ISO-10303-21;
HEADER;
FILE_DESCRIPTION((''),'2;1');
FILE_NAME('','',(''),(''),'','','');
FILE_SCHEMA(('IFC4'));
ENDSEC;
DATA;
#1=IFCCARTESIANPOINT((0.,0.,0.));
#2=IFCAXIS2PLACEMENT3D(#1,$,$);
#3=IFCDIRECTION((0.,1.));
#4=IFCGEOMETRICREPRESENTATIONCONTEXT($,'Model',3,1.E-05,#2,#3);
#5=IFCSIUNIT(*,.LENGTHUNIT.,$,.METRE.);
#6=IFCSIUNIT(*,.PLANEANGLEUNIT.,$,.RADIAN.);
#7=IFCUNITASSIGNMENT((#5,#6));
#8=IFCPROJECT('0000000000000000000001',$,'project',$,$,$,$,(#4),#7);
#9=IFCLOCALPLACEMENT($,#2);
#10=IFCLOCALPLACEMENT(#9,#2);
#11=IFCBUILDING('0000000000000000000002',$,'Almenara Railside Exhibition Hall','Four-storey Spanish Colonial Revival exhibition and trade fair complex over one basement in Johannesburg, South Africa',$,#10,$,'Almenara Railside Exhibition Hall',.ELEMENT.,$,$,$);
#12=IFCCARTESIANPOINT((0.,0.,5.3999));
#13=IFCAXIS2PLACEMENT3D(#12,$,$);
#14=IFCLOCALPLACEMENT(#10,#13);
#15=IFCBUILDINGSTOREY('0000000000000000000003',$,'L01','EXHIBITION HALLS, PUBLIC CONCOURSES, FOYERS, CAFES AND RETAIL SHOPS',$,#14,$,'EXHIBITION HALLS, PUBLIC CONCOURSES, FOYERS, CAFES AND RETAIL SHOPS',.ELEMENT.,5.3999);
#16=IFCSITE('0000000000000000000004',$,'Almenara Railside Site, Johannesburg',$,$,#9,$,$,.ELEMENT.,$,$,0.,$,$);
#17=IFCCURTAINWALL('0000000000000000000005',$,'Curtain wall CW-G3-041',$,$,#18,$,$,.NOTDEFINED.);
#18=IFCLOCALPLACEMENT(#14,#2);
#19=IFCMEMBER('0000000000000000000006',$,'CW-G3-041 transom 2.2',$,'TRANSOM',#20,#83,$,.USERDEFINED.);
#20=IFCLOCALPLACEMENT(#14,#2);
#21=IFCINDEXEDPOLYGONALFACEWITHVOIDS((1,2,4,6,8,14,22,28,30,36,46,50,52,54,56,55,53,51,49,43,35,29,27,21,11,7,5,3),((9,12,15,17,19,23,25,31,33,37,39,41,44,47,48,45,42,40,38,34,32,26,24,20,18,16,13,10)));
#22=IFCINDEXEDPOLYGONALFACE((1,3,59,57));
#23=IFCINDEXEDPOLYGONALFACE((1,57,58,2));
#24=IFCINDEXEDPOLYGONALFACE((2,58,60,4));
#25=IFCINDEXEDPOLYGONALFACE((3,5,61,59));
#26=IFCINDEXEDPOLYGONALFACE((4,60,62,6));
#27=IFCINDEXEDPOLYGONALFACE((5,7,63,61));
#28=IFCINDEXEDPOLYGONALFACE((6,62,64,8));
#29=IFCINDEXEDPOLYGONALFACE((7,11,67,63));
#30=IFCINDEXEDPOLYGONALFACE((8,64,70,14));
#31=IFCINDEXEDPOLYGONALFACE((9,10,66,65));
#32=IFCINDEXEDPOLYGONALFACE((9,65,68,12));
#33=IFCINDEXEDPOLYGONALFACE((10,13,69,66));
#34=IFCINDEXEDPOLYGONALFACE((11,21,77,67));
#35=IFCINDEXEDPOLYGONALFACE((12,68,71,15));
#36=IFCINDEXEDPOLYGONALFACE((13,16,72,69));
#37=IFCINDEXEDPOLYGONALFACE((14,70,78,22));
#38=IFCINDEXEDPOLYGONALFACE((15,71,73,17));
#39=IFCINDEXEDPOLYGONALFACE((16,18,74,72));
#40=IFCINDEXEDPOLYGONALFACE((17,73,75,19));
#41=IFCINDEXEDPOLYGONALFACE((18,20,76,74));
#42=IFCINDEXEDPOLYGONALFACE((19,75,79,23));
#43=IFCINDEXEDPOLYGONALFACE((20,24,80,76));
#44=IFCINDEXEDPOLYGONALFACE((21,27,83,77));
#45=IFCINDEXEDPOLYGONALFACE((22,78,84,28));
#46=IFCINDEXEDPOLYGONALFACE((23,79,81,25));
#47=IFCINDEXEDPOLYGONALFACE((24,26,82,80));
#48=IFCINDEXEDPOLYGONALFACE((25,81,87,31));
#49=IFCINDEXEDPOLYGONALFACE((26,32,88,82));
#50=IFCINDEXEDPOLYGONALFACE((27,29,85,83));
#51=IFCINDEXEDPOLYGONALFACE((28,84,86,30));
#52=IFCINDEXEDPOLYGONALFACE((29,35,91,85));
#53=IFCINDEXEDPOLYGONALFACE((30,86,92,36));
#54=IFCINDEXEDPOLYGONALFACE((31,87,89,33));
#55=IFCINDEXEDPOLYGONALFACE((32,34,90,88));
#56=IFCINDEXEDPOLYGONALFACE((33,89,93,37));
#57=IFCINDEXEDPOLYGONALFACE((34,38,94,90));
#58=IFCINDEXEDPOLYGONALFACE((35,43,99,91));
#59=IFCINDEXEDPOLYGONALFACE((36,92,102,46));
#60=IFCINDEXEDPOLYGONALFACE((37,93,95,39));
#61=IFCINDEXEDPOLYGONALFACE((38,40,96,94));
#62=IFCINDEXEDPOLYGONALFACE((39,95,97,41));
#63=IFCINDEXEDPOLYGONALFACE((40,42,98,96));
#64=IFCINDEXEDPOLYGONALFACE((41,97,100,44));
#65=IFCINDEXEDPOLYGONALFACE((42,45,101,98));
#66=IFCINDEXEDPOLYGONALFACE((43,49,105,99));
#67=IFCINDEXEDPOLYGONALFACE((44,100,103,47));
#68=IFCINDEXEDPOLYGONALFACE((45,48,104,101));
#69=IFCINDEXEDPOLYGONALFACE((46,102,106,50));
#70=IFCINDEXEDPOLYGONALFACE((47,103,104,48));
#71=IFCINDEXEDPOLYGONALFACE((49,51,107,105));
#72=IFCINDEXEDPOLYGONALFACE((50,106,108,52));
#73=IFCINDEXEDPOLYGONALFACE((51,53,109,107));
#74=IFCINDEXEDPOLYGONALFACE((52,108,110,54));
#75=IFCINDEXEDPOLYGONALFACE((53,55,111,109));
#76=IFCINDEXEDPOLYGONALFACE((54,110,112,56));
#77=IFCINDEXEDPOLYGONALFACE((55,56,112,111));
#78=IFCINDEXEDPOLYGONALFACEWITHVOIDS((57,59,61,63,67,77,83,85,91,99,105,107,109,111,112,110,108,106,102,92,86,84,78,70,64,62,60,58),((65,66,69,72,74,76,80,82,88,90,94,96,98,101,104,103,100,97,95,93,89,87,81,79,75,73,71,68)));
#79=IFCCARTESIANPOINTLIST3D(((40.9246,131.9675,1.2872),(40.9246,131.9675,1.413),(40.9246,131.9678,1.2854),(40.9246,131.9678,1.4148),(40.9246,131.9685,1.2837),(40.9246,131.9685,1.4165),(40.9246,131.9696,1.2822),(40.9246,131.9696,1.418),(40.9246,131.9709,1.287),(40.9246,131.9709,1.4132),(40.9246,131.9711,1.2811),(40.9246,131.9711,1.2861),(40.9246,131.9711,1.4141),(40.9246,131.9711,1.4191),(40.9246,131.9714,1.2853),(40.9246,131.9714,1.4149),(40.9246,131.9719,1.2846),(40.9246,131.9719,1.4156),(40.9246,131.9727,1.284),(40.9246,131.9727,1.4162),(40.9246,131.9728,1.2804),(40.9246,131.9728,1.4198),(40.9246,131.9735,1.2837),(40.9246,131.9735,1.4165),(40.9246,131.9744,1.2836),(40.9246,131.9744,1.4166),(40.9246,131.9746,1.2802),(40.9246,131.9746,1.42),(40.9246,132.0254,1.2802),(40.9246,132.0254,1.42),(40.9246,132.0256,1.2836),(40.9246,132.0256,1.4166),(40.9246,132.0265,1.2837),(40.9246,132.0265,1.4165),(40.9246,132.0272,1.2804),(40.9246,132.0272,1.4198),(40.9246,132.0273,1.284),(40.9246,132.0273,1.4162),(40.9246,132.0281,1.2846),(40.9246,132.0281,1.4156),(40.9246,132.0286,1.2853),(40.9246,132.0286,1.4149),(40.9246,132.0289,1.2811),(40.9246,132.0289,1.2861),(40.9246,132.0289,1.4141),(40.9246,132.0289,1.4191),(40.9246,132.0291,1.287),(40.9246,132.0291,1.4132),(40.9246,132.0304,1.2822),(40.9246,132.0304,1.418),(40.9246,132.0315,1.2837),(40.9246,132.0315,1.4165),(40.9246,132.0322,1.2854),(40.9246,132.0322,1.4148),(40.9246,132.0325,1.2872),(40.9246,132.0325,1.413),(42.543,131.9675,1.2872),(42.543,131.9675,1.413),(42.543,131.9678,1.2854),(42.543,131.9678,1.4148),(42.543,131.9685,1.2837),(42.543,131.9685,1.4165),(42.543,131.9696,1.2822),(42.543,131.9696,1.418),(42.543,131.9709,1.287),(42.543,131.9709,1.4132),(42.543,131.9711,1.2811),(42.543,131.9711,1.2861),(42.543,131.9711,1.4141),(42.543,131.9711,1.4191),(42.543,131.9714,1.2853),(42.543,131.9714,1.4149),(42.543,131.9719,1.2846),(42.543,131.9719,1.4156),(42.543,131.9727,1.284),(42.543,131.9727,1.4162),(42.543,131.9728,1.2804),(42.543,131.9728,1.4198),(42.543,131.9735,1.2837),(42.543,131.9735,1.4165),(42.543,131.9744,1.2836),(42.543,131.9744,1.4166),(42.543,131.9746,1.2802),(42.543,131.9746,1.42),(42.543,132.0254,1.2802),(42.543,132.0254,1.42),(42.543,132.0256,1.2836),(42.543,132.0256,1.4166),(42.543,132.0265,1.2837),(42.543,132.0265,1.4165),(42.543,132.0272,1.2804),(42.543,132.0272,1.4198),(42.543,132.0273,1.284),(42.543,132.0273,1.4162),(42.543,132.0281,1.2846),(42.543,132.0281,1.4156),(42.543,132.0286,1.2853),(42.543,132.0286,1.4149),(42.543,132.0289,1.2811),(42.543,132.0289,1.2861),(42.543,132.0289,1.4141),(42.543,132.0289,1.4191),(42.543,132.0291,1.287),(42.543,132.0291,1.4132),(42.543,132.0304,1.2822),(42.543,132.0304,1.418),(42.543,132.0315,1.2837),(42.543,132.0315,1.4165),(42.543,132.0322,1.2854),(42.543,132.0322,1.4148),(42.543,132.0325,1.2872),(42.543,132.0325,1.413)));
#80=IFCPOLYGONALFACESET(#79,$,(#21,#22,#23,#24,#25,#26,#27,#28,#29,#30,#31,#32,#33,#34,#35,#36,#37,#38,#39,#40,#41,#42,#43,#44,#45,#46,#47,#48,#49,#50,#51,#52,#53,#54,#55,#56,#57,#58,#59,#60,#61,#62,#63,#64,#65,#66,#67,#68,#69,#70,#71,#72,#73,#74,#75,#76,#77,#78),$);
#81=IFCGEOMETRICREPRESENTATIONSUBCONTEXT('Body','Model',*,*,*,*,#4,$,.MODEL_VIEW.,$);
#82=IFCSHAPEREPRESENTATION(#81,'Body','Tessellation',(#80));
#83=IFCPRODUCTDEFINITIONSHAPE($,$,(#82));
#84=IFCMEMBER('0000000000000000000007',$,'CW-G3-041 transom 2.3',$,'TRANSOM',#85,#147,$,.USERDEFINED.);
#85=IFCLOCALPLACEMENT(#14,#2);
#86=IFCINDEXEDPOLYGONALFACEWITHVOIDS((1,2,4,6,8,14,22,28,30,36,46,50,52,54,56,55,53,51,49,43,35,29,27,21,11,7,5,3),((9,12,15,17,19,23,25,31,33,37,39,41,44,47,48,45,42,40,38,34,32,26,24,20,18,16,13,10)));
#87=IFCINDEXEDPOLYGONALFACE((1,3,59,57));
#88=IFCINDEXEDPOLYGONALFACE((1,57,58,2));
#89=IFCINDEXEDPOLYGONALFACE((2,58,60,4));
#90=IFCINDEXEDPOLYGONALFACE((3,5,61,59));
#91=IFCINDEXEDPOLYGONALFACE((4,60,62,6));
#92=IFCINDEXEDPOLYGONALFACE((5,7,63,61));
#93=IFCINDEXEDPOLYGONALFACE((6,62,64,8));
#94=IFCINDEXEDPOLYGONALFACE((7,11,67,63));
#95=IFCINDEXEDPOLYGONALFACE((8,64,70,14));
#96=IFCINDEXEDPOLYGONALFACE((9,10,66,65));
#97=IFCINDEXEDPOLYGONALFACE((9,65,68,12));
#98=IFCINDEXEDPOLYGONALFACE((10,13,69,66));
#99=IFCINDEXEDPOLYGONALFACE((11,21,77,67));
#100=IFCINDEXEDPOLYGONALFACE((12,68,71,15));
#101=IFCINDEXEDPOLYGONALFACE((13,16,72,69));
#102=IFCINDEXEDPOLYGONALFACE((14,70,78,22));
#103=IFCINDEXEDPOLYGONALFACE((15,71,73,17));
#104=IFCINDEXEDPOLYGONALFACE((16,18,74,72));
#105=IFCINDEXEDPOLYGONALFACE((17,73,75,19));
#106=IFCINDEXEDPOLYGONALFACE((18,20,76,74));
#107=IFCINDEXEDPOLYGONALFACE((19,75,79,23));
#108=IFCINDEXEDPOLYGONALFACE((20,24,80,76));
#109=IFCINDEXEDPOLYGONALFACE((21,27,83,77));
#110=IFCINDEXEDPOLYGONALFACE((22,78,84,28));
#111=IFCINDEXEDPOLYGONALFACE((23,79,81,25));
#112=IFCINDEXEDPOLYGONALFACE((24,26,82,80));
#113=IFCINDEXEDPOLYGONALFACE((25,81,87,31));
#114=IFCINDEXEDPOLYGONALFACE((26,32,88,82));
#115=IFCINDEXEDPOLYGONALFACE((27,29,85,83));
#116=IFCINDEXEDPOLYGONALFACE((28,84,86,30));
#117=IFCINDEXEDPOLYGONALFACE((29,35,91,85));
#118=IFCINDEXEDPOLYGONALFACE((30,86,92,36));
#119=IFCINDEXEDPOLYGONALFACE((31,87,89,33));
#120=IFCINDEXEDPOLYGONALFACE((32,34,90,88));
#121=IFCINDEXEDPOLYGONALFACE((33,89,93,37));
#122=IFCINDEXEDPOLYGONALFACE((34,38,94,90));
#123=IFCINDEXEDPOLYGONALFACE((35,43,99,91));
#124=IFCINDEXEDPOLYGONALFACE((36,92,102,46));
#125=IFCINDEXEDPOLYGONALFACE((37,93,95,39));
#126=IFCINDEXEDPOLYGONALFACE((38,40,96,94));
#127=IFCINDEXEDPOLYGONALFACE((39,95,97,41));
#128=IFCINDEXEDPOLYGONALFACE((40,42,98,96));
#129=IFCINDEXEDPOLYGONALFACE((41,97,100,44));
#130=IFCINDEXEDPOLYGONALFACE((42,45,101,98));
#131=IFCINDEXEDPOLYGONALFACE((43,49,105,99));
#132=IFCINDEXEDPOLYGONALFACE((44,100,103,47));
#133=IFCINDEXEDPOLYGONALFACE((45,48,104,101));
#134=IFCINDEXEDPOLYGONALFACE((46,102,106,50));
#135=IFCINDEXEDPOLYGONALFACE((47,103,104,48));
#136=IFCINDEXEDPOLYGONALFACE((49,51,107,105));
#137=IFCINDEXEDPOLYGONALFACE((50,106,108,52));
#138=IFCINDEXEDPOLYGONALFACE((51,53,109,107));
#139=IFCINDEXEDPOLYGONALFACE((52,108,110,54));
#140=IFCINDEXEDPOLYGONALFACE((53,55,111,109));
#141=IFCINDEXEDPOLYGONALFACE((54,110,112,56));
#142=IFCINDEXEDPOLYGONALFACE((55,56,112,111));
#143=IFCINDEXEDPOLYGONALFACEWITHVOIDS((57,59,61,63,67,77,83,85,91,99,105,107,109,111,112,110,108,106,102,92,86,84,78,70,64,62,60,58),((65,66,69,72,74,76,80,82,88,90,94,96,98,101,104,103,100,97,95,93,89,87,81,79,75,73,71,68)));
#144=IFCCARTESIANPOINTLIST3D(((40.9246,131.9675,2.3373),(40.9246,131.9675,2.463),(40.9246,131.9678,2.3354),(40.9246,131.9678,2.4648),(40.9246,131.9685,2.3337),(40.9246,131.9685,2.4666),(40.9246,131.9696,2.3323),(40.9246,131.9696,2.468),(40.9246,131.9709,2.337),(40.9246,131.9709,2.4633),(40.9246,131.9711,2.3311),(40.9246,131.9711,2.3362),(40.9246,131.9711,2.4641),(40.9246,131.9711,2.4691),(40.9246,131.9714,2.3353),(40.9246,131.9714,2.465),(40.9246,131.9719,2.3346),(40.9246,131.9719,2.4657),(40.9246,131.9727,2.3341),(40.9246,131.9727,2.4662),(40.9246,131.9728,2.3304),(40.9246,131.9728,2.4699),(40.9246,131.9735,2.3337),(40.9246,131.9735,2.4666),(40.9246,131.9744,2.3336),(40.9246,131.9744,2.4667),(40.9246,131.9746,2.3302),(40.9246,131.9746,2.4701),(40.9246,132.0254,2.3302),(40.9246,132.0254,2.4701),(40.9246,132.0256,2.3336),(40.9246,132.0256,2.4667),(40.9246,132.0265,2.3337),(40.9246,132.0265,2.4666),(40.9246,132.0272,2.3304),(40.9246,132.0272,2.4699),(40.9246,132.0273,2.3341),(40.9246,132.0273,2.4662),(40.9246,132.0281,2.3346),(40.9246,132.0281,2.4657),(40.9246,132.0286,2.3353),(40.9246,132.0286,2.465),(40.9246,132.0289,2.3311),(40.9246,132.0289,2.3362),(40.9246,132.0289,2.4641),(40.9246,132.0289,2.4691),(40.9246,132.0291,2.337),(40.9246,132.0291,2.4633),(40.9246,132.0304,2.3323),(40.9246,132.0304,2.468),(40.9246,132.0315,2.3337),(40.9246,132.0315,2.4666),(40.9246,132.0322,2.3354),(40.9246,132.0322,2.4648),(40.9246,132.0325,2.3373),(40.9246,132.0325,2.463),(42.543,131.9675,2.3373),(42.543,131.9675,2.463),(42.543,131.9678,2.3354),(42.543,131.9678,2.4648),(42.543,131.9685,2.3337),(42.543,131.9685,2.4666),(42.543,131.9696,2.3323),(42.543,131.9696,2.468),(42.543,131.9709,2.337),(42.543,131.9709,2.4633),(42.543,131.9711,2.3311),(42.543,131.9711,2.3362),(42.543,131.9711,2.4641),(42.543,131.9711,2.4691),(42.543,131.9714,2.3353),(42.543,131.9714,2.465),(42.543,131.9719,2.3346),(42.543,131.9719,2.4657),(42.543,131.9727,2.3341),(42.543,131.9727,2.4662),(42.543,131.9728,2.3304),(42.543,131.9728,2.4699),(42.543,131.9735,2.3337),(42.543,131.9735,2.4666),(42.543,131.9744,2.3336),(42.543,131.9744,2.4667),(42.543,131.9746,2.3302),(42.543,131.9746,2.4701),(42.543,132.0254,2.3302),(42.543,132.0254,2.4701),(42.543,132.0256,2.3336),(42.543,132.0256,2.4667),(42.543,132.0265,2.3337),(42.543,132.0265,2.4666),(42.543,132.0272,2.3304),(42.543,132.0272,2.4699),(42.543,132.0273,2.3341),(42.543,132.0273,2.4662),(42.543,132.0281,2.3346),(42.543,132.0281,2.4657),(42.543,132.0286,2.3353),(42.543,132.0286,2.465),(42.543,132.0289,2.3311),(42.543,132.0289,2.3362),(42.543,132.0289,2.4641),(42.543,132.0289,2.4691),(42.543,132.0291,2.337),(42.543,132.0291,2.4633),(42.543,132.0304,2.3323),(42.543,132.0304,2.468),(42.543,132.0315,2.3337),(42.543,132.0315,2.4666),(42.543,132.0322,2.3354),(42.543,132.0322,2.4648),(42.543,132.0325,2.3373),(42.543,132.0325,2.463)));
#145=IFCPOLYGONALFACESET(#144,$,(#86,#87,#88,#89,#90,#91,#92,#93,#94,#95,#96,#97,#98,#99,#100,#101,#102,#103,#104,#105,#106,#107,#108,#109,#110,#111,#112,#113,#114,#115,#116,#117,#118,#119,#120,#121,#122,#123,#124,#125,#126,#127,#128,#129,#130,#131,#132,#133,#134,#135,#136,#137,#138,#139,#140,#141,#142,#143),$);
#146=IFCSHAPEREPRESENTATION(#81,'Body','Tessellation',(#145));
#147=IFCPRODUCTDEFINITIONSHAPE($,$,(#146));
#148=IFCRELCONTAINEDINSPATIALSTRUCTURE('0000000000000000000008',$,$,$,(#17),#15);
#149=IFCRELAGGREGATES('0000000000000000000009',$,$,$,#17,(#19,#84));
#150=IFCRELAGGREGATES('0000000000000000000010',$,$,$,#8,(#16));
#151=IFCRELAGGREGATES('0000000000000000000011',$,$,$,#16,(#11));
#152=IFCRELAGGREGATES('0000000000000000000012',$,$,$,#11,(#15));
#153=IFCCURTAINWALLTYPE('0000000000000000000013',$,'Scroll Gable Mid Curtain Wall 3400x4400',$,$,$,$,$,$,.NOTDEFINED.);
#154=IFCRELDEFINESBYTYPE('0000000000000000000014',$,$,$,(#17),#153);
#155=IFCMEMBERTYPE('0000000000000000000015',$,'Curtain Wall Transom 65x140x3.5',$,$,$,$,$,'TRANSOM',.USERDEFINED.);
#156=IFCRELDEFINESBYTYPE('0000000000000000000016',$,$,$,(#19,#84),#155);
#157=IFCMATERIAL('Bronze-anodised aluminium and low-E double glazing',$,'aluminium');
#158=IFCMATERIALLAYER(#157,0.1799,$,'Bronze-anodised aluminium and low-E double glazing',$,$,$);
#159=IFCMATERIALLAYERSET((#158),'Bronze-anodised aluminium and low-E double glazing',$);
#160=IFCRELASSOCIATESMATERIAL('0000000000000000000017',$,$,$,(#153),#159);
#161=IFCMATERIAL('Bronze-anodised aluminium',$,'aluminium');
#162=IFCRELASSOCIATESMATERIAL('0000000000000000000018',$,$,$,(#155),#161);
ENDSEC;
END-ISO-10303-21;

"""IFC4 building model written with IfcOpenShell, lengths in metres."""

from ifc_helpers import new_model, si_unit, direction, frame, origin, origin_2d, place, context, subcontext, project, spatial, hollow_rectangle, extrude, material, layer, layer_set, material_profile, profile_set, type_object, element, aggregate, save


model = new_model("IFC4")

# Units and contexts
model_context = context("Model", 3, precision=1e-05, world=origin(), true_north=direction((0.0, 1.0)))
body_context = subcontext(model_context, "Body", "Model", "MODEL_VIEW")
ifc_project = project(units=[si_unit("LENGTHUNIT", "METRE"), si_unit("PLANEANGLEUNIT", "RADIAN")], contexts=[model_context])

# Site, building, storey
site_placement = place(None, origin())
site = spatial("IfcSite", under=ifc_project, at=site_placement, Name="Almenara Railside Site, Johannesburg", CompositionType="ELEMENT", RefElevation=0.0)
building_placement = place(site_placement, origin())
building = spatial("IfcBuilding", under=site, at=building_placement, Name="Almenara Railside Exhibition Hall", Description="Four-storey Spanish Colonial Revival exhibition and trade fair complex over one basement in Johannesburg, South Africa", LongName="Almenara Railside Exhibition Hall", CompositionType="ELEMENT")
storey_placement = place(building_placement, frame((0.0, 0.0, 5.3999)))
storey = spatial("IfcBuildingStorey", under=building, at=storey_placement, Name="L01", Description="EXHIBITION HALLS, PUBLIC CONCOURSES, FOYERS, CAFES AND RETAIL SHOPS", LongName="EXHIBITION HALLS, PUBLIC CONCOURSES, FOYERS, CAFES AND RETAIL SHOPS", CompositionType="ELEMENT", Elevation=5.3999)

# Shared definitions
ifc_material_1 = material(Name="Bronze-anodised aluminium and low-E double glazing", Category="aluminium")
ifc_layer_1 = layer(ifc_material_1, 0.1799, Name="Bronze-anodised aluminium and low-E double glazing")
ifc_layer_set_1 = layer_set([ifc_layer_1], Name="Bronze-anodised aluminium and low-E double glazing")
curtain_wall_type = type_object("IfcCurtainWallType", Name="Scroll Gable Mid Curtain Wall 3400x4400", PredefinedType="NOTDEFINED", material=ifc_layer_set_1)
ifc_material_2 = material(Name="Bronze-anodised aluminium", Category="aluminium")

# Curtain wall
curtain_wall_1_placement = place(storey_placement, origin())
curtain_wall_1 = element("IfcCurtainWall", 1, at=curtain_wall_1_placement, inside=storey, type_object=curtain_wall_type, Name="Curtain wall CW-G3-041", PredefinedType="NOTDEFINED")

# Members
ifc_material_profile_1 = material_profile(ifc_material_2, hollow_rectangle(XDim=0.0649, YDim=0.1399, WallThickness=0.0034, InnerFilletRadius=0.0034, OuterFilletRadius=0.0071, at=origin_2d()), Name="ALU-TRN 65x140x3.5")
ifc_profile_set_1 = profile_set([ifc_material_profile_1], Name="Bronze-anodised aluminium")
member_type_1 = type_object("IfcMemberType", Name="Curtain Wall Transom 65x140x3.5", ElementType="TRANSOM", PredefinedType="USERDEFINED", material=ifc_profile_set_1)
member_1_placement = place(storey_placement, frame((40.9246, 132.0, 1.3501), z_axis=(1.0, 0.0, 0.0), x_axis=(0.0, 1.0, 0.0)))
member_1 = element("IfcMember", 2, at=member_1_placement, type_object=member_type_1, Name="CW-G3-041 transom 2.2", ObjectType="TRANSOM", PredefinedType="USERDEFINED", context=body_context, shape_type="SweptSolid", body=[
    extrude(hollow_rectangle(XDim=0.0649, YDim=0.1399, WallThickness=0.0034, InnerFilletRadius=0.0034, OuterFilletRadius=0.0071, at=origin_2d()), origin(), (0.0, 0.0, 1.0), 1.6184),
])
member_2_placement = place(storey_placement, frame((40.9246, 132.0, 2.4001), z_axis=(1.0, 0.0, 0.0), x_axis=(0.0, 1.0, 0.0)))
member_2 = element("IfcMember", 3, at=member_2_placement, type_object=member_type_1, Name="CW-G3-041 transom 2.3", ObjectType="TRANSOM", PredefinedType="USERDEFINED", context=body_context, shape_type="SweptSolid", body=[
    extrude(hollow_rectangle(XDim=0.0649, YDim=0.1399, WallThickness=0.0034, InnerFilletRadius=0.0034, OuterFilletRadius=0.0071, at=origin_2d()), origin(), (0.0, 0.0, 1.0), 1.6184),
])

aggregate(curtain_wall_1, [member_1, member_2])

save(model, "model.ifc")
